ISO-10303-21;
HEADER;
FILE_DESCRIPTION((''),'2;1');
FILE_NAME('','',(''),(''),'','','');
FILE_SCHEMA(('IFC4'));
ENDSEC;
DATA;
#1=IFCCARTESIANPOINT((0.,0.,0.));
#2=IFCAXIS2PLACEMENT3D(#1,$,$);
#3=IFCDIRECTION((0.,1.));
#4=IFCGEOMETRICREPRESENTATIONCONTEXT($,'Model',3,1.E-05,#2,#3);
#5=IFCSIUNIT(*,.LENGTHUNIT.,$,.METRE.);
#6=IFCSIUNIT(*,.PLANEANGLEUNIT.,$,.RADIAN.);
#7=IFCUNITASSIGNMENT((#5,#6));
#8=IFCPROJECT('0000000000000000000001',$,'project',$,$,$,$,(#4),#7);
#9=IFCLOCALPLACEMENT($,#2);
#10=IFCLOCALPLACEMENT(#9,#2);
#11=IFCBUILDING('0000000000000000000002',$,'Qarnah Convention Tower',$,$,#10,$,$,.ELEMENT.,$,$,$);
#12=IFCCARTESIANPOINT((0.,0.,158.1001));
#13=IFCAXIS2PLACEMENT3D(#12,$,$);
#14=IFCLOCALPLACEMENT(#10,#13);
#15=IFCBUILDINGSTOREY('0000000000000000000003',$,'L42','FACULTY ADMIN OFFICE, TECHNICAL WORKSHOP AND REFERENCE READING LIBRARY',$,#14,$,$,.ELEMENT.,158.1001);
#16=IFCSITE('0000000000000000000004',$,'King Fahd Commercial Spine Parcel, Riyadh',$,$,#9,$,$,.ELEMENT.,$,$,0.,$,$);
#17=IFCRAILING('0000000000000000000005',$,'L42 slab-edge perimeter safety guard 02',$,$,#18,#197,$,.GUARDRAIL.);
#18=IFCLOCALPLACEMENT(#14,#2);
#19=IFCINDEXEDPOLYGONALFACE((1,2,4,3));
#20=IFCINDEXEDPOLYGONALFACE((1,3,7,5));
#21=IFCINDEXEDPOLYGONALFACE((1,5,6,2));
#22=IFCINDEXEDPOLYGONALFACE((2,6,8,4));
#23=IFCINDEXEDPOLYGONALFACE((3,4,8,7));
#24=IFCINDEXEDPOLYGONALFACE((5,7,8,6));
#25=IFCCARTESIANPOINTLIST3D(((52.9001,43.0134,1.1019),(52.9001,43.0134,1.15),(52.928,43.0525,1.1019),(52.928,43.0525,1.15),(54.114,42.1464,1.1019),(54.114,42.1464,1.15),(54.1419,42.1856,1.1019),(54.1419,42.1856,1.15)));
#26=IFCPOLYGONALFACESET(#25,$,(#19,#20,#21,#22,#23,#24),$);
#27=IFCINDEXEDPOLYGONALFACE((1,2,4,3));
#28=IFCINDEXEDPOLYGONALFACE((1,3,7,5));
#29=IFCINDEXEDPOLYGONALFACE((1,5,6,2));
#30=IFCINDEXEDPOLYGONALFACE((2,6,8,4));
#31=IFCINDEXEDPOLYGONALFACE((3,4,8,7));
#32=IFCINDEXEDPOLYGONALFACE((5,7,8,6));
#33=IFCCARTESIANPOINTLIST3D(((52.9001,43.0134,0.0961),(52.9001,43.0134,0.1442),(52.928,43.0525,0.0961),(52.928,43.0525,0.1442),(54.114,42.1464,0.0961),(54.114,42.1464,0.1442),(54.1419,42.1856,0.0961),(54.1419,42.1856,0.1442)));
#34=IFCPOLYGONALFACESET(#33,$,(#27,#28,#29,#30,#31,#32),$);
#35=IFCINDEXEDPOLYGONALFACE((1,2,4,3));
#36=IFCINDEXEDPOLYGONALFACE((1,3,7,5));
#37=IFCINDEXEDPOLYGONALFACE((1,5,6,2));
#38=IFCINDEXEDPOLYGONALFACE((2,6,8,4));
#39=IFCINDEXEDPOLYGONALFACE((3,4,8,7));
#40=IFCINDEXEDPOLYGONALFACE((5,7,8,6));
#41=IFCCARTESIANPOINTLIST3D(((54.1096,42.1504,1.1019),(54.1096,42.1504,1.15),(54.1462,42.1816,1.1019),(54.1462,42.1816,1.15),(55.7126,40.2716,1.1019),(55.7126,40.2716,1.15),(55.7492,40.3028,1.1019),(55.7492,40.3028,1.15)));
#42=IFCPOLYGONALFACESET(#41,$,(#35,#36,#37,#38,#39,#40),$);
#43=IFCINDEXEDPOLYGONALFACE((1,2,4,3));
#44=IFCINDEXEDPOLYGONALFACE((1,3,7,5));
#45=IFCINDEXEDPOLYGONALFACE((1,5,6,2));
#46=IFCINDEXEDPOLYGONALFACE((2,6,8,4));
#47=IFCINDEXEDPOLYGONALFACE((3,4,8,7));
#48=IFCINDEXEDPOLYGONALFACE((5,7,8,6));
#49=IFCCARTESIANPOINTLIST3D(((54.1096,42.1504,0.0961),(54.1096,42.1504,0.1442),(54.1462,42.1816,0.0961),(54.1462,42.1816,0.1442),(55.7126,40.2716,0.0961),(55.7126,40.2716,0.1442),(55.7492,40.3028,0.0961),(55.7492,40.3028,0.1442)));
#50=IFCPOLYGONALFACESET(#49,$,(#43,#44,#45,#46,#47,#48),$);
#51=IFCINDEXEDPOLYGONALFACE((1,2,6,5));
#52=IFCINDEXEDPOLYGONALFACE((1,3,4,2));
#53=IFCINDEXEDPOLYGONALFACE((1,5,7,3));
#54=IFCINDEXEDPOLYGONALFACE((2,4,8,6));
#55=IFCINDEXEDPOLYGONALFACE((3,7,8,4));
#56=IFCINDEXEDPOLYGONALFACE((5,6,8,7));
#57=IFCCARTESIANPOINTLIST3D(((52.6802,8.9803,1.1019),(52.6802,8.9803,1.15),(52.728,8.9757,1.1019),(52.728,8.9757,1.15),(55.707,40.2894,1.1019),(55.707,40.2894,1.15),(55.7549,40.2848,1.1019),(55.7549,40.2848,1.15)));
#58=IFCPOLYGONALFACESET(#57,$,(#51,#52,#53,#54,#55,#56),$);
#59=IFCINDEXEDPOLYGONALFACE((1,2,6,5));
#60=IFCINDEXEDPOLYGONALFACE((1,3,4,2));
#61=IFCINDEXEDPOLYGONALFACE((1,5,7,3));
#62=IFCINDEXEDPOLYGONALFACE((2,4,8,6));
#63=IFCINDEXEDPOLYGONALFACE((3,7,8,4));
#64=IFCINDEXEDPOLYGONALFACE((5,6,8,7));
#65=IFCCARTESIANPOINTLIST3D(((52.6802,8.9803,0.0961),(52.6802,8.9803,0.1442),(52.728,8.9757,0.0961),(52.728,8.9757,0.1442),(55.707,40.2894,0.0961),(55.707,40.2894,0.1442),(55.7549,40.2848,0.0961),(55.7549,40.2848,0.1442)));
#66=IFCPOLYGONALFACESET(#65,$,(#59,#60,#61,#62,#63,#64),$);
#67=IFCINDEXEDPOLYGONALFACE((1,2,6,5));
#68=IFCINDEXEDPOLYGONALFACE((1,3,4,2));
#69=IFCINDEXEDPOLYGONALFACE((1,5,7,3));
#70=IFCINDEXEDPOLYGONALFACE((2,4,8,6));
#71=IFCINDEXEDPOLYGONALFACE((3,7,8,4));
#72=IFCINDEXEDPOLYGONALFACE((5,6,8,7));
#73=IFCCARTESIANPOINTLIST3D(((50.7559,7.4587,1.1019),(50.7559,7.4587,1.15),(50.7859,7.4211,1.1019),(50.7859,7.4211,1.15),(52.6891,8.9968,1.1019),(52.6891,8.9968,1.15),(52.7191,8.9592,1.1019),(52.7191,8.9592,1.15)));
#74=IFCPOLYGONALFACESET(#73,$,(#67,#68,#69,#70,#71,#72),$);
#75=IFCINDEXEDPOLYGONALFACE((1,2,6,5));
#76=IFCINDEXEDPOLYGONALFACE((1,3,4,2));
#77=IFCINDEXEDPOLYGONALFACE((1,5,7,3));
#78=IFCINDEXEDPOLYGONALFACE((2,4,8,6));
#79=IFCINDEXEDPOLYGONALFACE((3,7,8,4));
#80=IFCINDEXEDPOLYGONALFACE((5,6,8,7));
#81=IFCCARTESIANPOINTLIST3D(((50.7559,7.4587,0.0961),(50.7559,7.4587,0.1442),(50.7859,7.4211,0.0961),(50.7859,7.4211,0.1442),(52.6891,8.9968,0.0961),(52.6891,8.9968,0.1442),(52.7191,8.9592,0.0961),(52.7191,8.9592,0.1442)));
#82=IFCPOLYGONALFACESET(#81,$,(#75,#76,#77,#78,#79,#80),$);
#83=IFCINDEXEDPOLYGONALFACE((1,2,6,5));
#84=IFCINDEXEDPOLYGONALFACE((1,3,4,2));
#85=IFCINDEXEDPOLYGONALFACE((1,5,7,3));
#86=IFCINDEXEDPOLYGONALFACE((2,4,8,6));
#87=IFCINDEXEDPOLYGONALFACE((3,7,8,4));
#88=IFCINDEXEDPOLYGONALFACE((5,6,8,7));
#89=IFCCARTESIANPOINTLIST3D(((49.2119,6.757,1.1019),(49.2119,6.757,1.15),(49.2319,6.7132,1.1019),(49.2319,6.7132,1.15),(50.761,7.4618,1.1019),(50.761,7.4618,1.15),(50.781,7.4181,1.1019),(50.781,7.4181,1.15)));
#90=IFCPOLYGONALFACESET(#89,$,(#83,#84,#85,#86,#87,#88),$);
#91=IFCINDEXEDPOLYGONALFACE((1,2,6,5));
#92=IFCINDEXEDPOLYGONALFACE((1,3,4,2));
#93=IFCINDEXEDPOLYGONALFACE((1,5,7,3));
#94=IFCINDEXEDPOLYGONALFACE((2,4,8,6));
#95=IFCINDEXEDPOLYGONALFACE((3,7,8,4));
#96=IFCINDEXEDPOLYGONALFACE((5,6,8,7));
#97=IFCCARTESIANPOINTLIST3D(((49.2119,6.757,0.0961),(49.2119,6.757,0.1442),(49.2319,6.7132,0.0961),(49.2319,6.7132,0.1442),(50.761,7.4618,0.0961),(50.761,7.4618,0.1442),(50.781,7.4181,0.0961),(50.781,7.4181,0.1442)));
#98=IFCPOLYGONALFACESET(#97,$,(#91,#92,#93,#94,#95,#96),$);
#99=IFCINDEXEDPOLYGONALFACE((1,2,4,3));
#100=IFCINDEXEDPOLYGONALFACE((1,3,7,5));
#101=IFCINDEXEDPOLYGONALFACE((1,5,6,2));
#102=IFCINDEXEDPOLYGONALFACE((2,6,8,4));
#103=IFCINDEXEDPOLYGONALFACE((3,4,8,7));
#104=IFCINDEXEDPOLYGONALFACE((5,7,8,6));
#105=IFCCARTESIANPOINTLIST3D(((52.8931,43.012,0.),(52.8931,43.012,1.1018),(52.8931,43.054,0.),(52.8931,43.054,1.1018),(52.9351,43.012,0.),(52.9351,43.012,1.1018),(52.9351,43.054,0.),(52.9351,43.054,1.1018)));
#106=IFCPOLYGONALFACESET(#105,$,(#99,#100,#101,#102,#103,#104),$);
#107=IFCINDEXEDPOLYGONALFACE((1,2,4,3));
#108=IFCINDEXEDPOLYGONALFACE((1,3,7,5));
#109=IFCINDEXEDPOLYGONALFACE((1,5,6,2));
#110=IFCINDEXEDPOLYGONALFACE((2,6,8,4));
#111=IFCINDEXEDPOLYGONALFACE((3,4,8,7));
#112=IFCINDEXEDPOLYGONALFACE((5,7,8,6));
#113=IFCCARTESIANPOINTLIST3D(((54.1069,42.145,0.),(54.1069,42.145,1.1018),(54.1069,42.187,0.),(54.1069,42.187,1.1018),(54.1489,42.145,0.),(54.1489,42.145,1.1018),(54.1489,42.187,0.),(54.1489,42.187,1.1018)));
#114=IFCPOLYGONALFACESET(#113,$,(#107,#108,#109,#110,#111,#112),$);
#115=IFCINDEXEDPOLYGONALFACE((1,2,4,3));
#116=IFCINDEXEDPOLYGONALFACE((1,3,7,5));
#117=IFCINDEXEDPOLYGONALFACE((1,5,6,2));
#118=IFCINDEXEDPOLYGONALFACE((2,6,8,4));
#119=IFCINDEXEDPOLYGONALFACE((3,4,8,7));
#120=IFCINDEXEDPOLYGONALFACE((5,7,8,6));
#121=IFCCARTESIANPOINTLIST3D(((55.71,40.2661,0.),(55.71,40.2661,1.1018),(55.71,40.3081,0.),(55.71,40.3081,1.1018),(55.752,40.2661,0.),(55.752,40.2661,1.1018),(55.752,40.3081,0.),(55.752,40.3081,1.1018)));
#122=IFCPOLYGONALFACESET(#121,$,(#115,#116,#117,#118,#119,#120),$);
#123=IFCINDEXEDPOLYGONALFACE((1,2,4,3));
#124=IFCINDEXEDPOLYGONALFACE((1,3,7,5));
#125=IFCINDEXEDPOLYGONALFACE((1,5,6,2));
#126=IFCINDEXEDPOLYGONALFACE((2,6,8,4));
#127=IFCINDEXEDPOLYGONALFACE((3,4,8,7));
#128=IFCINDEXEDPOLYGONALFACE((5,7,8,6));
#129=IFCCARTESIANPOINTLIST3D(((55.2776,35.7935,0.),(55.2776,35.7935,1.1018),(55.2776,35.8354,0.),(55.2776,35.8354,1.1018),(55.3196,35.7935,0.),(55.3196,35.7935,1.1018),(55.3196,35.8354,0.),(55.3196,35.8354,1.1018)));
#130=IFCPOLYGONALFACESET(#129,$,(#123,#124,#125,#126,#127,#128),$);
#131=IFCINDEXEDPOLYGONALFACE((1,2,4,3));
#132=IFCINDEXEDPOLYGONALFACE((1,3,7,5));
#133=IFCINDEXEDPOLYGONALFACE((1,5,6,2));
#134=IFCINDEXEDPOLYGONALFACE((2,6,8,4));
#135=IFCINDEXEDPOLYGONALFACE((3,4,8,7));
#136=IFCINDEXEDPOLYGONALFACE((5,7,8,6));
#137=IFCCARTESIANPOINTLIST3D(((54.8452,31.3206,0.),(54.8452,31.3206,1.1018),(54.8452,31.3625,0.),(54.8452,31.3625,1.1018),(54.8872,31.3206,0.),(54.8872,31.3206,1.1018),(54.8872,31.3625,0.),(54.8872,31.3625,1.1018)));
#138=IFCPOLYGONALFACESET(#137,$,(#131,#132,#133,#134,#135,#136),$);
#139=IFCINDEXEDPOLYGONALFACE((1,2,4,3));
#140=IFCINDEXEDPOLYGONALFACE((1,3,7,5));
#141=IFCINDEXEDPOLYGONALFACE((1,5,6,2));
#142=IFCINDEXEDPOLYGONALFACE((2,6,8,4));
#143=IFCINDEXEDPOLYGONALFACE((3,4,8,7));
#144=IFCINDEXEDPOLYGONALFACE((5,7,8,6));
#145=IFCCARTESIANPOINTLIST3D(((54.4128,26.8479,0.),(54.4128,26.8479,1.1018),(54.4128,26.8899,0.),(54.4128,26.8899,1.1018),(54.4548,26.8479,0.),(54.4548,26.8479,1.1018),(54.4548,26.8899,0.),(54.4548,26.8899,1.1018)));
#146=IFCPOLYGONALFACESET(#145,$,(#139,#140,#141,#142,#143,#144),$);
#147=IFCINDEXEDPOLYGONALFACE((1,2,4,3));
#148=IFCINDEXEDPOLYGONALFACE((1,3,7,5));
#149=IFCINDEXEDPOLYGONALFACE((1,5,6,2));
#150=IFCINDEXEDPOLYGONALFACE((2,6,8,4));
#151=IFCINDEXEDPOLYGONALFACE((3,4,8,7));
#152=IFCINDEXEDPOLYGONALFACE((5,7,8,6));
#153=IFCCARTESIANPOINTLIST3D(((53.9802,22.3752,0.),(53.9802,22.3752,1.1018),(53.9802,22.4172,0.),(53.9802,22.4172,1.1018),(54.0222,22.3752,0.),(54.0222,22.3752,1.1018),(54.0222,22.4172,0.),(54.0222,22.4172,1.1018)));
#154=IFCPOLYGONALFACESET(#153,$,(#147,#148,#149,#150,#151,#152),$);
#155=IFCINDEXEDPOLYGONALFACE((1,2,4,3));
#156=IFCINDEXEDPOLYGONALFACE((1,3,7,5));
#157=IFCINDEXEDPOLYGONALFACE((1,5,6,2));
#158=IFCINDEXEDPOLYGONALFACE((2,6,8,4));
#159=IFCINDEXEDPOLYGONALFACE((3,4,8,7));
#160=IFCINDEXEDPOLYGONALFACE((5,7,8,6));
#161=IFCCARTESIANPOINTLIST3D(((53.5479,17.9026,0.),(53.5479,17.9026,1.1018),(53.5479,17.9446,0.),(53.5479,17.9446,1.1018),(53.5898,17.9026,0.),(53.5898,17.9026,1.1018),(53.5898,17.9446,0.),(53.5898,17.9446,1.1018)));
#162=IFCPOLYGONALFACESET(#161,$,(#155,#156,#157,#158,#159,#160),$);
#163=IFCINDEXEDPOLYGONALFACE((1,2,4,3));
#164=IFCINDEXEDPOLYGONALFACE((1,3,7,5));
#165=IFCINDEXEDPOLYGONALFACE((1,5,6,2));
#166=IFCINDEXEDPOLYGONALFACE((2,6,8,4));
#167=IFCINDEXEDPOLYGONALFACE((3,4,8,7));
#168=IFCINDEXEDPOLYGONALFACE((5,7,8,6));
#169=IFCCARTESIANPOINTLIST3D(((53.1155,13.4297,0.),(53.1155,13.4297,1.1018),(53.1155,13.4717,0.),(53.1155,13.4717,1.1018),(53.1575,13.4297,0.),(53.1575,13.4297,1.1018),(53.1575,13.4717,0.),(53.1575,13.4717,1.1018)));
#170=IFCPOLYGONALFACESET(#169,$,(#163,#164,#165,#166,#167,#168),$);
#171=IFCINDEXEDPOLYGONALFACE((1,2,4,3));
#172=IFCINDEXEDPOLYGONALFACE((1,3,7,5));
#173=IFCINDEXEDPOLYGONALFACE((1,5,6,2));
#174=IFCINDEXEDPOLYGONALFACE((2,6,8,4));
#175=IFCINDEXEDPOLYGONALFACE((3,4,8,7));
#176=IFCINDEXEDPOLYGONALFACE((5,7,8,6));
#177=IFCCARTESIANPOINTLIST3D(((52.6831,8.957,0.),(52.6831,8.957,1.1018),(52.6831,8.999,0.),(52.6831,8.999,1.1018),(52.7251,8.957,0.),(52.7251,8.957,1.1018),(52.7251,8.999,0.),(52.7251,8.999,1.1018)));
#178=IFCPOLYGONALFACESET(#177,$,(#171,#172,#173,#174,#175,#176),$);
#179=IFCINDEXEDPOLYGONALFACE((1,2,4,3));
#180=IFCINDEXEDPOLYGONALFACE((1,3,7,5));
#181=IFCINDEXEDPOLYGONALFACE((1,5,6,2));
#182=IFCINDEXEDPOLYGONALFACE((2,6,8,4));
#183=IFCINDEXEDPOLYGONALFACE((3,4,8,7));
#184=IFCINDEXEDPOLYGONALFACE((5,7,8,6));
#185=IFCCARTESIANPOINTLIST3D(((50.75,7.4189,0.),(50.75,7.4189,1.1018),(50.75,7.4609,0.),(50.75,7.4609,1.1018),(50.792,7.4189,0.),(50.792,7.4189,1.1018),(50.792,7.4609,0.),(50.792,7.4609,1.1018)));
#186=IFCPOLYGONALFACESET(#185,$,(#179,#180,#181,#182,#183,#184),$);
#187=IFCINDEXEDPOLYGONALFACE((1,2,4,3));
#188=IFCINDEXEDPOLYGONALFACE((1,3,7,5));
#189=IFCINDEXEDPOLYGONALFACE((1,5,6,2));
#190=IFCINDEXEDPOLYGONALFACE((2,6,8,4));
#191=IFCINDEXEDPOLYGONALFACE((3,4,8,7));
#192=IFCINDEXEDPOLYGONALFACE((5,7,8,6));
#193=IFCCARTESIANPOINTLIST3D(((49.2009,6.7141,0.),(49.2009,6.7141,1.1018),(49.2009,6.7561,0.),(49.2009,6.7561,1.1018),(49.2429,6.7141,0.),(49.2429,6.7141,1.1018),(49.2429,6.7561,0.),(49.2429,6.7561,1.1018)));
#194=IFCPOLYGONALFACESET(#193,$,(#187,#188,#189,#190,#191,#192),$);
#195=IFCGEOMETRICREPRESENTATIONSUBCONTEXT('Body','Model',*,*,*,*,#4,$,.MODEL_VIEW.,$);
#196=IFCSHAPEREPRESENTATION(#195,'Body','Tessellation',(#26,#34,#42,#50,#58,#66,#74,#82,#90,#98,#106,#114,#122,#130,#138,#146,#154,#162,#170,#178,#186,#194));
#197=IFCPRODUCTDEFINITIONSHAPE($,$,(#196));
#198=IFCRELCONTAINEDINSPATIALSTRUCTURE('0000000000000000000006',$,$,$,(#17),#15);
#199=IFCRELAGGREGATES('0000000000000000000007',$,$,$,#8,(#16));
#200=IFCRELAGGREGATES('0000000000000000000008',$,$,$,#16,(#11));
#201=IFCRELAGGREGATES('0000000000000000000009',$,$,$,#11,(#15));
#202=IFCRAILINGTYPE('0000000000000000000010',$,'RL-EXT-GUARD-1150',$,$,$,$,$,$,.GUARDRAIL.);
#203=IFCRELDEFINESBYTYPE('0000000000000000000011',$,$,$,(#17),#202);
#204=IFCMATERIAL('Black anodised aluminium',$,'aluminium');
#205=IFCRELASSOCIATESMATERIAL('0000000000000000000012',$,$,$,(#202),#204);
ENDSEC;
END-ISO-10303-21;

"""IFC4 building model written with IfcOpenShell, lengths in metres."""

from ifc_helpers import new_model, si_unit, direction, frame, origin, origin_2d, place, context, subcontext, project, spatial, rectangle, extrude, material, type_object, element, save


model = new_model("IFC4")

# Units and contexts
model_context = context("Model", 3, precision=1e-05, world=origin(), true_north=direction((0.0, 1.0)))
body_context = subcontext(model_context, "Body", "Model", "MODEL_VIEW")
ifc_project = project(units=[si_unit("LENGTHUNIT", "METRE"), si_unit("PLANEANGLEUNIT", "RADIAN")], contexts=[model_context])

# Site, building, storey
site_placement = place(None, origin())
site = spatial("IfcSite", under=ifc_project, at=site_placement, Name="King Fahd Commercial Spine Parcel, Riyadh", CompositionType="ELEMENT", RefElevation=0.0)
building_placement = place(site_placement, origin())
building = spatial("IfcBuilding", under=site, at=building_placement, Name="Qarnah Convention Tower", CompositionType="ELEMENT")
storey_placement = place(building_placement, frame((0.0, 0.0, 158.1001)))
storey = spatial("IfcBuildingStorey", under=building, at=storey_placement, Name="L42", Description="FACULTY ADMIN OFFICE, TECHNICAL WORKSHOP AND REFERENCE READING LIBRARY", CompositionType="ELEMENT", Elevation=158.1001)

# Shared definitions
ifc_material_1 = material(Name="Black anodised aluminium", Category="aluminium")

# Railing
railing_type = type_object("IfcRailingType", Name="RL-EXT-GUARD-1150", PredefinedType="GUARDRAIL", material=ifc_material_1)
railing_1_placement = place(storey_placement, frame((52.9141, 43.033, 0.0)))
element("IfcRailing", 1, at=railing_1_placement, inside=storey, type_object=railing_type, Name="L42 slab-edge perimeter safety guard 02", PredefinedType="GUARDRAIL", context=body_context, shape_type="SweptSolid", body=[
    extrude(rectangle(XDim=0.0481, YDim=0.0481, at=origin_2d()), frame((0.0, 0.0, 1.126), z_axis=(0.813767, -0.581192, 0.0), x_axis=(0.581192, 0.813767, 0.0)), (0.0, 0.0, 1.0), 1.4917),
    extrude(rectangle(XDim=0.0481, YDim=0.0481, at=origin_2d()), frame((0.0, 0.0, 0.1201), z_axis=(0.813767, -0.581192, 0.0), x_axis=(0.581192, 0.813767, 0.0)), (0.0, 0.0, 1.0), 1.4917),
    extrude(rectangle(XDim=0.0481, YDim=0.0481, at=origin_2d()), frame((1.2139, -0.8669, 1.126), z_axis=(0.649048, -0.760748, 0.0), x_axis=(0.760748, 0.649048, 0.0)), (0.0, 0.0, 1.0), 2.4697),
    extrude(rectangle(XDim=0.0481, YDim=0.0481, at=origin_2d()), frame((1.2139, -0.8669, 0.1201), z_axis=(0.649048, -0.760748, 0.0), x_axis=(0.760748, 0.649048, 0.0)), (0.0, 0.0, 1.0), 2.4697),
    extrude(rectangle(XDim=0.0481, YDim=0.0481, at=origin_2d()), frame((2.8169, -2.7458, 1.126), z_axis=(-0.096228, -0.995359, 0.0), x_axis=(0.995359, -0.096228, 0.0)), (0.0, 0.0, 1.0), 31.4551),
    extrude(rectangle(XDim=0.0481, YDim=0.0481, at=origin_2d()), frame((2.8169, -2.7458, 0.1201), z_axis=(-0.096228, -0.995359, 0.0), x_axis=(0.995359, -0.096228, 0.0)), (0.0, 0.0, 1.0), 31.4551),
    extrude(rectangle(XDim=0.0481, YDim=0.0481, at=origin_2d()), frame((-0.21, -34.0549, 1.126), z_axis=(-0.782524, -0.62262, 0.0), x_axis=(0.62262, -0.782524, 0.0)), (0.0, 0.0, 1.0), 2.4705),
    extrude(rectangle(XDim=0.0481, YDim=0.0481, at=origin_2d()), frame((-0.21, -34.0549, 0.1201), z_axis=(-0.782524, -0.62262, 0.0), x_axis=(0.62262, -0.782524, 0.0)), (0.0, 0.0, 1.0), 2.4705),
    extrude(rectangle(XDim=0.0481, YDim=0.0481, at=origin_2d()), frame((-2.1431, -35.593, 1.126), z_axis=(-0.910209, -0.414149, 0.0), x_axis=(0.414149, -0.910209, 0.0)), (0.0, 0.0, 1.0), 1.7019),
    extrude(rectangle(XDim=0.0481, YDim=0.0481, at=origin_2d()), frame((-2.1431, -35.593, 0.1201), z_axis=(-0.910209, -0.414149, 0.0), x_axis=(0.414149, -0.910209, 0.0)), (0.0, 0.0, 1.0), 1.7019),
    extrude(rectangle(XDim=0.042, YDim=0.042, at=origin_2d()), origin(), (0.0, 0.0, 1.0), 1.1018),
    extrude(rectangle(XDim=0.042, YDim=0.042, at=origin_2d()), frame((1.2139, -0.8669, 0.0)), (0.0, 0.0, 1.0), 1.1018),
    extrude(rectangle(XDim=0.042, YDim=0.042, at=origin_2d()), frame((2.8169, -2.7458, 0.0)), (0.0, 0.0, 1.0), 1.1018),
    extrude(rectangle(XDim=0.042, YDim=0.042, at=origin_2d()), frame((2.3845, -7.2185, 0.0)), (0.0, 0.0, 1.0), 1.1018),
    extrude(rectangle(XDim=0.042, YDim=0.042, at=origin_2d()), frame((1.9521, -11.6914, 0.0)), (0.0, 0.0, 1.0), 1.1018),
    extrude(rectangle(XDim=0.042, YDim=0.042, at=origin_2d()), frame((1.5198, -16.1641, 0.0)), (0.0, 0.0, 1.0), 1.1018),
    extrude(rectangle(XDim=0.042, YDim=0.042, at=origin_2d()), frame((1.0872, -20.6367, 0.0)), (0.0, 0.0, 1.0), 1.1018),
    extrude(rectangle(XDim=0.042, YDim=0.042, at=origin_2d()), frame((0.6548, -25.1094, 0.0)), (0.0, 0.0, 1.0), 1.1018),
    extrude(rectangle(XDim=0.042, YDim=0.042, at=origin_2d()), frame((0.2224, -29.5823, 0.0)), (0.0, 0.0, 1.0), 1.1018),
    extrude(rectangle(XDim=0.042, YDim=0.042, at=origin_2d()), frame((-0.21, -34.0549, 0.0)), (0.0, 0.0, 1.0), 1.1018),
    extrude(rectangle(XDim=0.042, YDim=0.042, at=origin_2d()), frame((-2.1431, -35.593, 0.0)), (0.0, 0.0, 1.0), 1.1018),
    extrude(rectangle(XDim=0.042, YDim=0.042, at=origin_2d()), frame((-3.6921, -36.2979, 0.0)), (0.0, 0.0, 1.0), 1.1018),
])

save(model, "model.ifc")
